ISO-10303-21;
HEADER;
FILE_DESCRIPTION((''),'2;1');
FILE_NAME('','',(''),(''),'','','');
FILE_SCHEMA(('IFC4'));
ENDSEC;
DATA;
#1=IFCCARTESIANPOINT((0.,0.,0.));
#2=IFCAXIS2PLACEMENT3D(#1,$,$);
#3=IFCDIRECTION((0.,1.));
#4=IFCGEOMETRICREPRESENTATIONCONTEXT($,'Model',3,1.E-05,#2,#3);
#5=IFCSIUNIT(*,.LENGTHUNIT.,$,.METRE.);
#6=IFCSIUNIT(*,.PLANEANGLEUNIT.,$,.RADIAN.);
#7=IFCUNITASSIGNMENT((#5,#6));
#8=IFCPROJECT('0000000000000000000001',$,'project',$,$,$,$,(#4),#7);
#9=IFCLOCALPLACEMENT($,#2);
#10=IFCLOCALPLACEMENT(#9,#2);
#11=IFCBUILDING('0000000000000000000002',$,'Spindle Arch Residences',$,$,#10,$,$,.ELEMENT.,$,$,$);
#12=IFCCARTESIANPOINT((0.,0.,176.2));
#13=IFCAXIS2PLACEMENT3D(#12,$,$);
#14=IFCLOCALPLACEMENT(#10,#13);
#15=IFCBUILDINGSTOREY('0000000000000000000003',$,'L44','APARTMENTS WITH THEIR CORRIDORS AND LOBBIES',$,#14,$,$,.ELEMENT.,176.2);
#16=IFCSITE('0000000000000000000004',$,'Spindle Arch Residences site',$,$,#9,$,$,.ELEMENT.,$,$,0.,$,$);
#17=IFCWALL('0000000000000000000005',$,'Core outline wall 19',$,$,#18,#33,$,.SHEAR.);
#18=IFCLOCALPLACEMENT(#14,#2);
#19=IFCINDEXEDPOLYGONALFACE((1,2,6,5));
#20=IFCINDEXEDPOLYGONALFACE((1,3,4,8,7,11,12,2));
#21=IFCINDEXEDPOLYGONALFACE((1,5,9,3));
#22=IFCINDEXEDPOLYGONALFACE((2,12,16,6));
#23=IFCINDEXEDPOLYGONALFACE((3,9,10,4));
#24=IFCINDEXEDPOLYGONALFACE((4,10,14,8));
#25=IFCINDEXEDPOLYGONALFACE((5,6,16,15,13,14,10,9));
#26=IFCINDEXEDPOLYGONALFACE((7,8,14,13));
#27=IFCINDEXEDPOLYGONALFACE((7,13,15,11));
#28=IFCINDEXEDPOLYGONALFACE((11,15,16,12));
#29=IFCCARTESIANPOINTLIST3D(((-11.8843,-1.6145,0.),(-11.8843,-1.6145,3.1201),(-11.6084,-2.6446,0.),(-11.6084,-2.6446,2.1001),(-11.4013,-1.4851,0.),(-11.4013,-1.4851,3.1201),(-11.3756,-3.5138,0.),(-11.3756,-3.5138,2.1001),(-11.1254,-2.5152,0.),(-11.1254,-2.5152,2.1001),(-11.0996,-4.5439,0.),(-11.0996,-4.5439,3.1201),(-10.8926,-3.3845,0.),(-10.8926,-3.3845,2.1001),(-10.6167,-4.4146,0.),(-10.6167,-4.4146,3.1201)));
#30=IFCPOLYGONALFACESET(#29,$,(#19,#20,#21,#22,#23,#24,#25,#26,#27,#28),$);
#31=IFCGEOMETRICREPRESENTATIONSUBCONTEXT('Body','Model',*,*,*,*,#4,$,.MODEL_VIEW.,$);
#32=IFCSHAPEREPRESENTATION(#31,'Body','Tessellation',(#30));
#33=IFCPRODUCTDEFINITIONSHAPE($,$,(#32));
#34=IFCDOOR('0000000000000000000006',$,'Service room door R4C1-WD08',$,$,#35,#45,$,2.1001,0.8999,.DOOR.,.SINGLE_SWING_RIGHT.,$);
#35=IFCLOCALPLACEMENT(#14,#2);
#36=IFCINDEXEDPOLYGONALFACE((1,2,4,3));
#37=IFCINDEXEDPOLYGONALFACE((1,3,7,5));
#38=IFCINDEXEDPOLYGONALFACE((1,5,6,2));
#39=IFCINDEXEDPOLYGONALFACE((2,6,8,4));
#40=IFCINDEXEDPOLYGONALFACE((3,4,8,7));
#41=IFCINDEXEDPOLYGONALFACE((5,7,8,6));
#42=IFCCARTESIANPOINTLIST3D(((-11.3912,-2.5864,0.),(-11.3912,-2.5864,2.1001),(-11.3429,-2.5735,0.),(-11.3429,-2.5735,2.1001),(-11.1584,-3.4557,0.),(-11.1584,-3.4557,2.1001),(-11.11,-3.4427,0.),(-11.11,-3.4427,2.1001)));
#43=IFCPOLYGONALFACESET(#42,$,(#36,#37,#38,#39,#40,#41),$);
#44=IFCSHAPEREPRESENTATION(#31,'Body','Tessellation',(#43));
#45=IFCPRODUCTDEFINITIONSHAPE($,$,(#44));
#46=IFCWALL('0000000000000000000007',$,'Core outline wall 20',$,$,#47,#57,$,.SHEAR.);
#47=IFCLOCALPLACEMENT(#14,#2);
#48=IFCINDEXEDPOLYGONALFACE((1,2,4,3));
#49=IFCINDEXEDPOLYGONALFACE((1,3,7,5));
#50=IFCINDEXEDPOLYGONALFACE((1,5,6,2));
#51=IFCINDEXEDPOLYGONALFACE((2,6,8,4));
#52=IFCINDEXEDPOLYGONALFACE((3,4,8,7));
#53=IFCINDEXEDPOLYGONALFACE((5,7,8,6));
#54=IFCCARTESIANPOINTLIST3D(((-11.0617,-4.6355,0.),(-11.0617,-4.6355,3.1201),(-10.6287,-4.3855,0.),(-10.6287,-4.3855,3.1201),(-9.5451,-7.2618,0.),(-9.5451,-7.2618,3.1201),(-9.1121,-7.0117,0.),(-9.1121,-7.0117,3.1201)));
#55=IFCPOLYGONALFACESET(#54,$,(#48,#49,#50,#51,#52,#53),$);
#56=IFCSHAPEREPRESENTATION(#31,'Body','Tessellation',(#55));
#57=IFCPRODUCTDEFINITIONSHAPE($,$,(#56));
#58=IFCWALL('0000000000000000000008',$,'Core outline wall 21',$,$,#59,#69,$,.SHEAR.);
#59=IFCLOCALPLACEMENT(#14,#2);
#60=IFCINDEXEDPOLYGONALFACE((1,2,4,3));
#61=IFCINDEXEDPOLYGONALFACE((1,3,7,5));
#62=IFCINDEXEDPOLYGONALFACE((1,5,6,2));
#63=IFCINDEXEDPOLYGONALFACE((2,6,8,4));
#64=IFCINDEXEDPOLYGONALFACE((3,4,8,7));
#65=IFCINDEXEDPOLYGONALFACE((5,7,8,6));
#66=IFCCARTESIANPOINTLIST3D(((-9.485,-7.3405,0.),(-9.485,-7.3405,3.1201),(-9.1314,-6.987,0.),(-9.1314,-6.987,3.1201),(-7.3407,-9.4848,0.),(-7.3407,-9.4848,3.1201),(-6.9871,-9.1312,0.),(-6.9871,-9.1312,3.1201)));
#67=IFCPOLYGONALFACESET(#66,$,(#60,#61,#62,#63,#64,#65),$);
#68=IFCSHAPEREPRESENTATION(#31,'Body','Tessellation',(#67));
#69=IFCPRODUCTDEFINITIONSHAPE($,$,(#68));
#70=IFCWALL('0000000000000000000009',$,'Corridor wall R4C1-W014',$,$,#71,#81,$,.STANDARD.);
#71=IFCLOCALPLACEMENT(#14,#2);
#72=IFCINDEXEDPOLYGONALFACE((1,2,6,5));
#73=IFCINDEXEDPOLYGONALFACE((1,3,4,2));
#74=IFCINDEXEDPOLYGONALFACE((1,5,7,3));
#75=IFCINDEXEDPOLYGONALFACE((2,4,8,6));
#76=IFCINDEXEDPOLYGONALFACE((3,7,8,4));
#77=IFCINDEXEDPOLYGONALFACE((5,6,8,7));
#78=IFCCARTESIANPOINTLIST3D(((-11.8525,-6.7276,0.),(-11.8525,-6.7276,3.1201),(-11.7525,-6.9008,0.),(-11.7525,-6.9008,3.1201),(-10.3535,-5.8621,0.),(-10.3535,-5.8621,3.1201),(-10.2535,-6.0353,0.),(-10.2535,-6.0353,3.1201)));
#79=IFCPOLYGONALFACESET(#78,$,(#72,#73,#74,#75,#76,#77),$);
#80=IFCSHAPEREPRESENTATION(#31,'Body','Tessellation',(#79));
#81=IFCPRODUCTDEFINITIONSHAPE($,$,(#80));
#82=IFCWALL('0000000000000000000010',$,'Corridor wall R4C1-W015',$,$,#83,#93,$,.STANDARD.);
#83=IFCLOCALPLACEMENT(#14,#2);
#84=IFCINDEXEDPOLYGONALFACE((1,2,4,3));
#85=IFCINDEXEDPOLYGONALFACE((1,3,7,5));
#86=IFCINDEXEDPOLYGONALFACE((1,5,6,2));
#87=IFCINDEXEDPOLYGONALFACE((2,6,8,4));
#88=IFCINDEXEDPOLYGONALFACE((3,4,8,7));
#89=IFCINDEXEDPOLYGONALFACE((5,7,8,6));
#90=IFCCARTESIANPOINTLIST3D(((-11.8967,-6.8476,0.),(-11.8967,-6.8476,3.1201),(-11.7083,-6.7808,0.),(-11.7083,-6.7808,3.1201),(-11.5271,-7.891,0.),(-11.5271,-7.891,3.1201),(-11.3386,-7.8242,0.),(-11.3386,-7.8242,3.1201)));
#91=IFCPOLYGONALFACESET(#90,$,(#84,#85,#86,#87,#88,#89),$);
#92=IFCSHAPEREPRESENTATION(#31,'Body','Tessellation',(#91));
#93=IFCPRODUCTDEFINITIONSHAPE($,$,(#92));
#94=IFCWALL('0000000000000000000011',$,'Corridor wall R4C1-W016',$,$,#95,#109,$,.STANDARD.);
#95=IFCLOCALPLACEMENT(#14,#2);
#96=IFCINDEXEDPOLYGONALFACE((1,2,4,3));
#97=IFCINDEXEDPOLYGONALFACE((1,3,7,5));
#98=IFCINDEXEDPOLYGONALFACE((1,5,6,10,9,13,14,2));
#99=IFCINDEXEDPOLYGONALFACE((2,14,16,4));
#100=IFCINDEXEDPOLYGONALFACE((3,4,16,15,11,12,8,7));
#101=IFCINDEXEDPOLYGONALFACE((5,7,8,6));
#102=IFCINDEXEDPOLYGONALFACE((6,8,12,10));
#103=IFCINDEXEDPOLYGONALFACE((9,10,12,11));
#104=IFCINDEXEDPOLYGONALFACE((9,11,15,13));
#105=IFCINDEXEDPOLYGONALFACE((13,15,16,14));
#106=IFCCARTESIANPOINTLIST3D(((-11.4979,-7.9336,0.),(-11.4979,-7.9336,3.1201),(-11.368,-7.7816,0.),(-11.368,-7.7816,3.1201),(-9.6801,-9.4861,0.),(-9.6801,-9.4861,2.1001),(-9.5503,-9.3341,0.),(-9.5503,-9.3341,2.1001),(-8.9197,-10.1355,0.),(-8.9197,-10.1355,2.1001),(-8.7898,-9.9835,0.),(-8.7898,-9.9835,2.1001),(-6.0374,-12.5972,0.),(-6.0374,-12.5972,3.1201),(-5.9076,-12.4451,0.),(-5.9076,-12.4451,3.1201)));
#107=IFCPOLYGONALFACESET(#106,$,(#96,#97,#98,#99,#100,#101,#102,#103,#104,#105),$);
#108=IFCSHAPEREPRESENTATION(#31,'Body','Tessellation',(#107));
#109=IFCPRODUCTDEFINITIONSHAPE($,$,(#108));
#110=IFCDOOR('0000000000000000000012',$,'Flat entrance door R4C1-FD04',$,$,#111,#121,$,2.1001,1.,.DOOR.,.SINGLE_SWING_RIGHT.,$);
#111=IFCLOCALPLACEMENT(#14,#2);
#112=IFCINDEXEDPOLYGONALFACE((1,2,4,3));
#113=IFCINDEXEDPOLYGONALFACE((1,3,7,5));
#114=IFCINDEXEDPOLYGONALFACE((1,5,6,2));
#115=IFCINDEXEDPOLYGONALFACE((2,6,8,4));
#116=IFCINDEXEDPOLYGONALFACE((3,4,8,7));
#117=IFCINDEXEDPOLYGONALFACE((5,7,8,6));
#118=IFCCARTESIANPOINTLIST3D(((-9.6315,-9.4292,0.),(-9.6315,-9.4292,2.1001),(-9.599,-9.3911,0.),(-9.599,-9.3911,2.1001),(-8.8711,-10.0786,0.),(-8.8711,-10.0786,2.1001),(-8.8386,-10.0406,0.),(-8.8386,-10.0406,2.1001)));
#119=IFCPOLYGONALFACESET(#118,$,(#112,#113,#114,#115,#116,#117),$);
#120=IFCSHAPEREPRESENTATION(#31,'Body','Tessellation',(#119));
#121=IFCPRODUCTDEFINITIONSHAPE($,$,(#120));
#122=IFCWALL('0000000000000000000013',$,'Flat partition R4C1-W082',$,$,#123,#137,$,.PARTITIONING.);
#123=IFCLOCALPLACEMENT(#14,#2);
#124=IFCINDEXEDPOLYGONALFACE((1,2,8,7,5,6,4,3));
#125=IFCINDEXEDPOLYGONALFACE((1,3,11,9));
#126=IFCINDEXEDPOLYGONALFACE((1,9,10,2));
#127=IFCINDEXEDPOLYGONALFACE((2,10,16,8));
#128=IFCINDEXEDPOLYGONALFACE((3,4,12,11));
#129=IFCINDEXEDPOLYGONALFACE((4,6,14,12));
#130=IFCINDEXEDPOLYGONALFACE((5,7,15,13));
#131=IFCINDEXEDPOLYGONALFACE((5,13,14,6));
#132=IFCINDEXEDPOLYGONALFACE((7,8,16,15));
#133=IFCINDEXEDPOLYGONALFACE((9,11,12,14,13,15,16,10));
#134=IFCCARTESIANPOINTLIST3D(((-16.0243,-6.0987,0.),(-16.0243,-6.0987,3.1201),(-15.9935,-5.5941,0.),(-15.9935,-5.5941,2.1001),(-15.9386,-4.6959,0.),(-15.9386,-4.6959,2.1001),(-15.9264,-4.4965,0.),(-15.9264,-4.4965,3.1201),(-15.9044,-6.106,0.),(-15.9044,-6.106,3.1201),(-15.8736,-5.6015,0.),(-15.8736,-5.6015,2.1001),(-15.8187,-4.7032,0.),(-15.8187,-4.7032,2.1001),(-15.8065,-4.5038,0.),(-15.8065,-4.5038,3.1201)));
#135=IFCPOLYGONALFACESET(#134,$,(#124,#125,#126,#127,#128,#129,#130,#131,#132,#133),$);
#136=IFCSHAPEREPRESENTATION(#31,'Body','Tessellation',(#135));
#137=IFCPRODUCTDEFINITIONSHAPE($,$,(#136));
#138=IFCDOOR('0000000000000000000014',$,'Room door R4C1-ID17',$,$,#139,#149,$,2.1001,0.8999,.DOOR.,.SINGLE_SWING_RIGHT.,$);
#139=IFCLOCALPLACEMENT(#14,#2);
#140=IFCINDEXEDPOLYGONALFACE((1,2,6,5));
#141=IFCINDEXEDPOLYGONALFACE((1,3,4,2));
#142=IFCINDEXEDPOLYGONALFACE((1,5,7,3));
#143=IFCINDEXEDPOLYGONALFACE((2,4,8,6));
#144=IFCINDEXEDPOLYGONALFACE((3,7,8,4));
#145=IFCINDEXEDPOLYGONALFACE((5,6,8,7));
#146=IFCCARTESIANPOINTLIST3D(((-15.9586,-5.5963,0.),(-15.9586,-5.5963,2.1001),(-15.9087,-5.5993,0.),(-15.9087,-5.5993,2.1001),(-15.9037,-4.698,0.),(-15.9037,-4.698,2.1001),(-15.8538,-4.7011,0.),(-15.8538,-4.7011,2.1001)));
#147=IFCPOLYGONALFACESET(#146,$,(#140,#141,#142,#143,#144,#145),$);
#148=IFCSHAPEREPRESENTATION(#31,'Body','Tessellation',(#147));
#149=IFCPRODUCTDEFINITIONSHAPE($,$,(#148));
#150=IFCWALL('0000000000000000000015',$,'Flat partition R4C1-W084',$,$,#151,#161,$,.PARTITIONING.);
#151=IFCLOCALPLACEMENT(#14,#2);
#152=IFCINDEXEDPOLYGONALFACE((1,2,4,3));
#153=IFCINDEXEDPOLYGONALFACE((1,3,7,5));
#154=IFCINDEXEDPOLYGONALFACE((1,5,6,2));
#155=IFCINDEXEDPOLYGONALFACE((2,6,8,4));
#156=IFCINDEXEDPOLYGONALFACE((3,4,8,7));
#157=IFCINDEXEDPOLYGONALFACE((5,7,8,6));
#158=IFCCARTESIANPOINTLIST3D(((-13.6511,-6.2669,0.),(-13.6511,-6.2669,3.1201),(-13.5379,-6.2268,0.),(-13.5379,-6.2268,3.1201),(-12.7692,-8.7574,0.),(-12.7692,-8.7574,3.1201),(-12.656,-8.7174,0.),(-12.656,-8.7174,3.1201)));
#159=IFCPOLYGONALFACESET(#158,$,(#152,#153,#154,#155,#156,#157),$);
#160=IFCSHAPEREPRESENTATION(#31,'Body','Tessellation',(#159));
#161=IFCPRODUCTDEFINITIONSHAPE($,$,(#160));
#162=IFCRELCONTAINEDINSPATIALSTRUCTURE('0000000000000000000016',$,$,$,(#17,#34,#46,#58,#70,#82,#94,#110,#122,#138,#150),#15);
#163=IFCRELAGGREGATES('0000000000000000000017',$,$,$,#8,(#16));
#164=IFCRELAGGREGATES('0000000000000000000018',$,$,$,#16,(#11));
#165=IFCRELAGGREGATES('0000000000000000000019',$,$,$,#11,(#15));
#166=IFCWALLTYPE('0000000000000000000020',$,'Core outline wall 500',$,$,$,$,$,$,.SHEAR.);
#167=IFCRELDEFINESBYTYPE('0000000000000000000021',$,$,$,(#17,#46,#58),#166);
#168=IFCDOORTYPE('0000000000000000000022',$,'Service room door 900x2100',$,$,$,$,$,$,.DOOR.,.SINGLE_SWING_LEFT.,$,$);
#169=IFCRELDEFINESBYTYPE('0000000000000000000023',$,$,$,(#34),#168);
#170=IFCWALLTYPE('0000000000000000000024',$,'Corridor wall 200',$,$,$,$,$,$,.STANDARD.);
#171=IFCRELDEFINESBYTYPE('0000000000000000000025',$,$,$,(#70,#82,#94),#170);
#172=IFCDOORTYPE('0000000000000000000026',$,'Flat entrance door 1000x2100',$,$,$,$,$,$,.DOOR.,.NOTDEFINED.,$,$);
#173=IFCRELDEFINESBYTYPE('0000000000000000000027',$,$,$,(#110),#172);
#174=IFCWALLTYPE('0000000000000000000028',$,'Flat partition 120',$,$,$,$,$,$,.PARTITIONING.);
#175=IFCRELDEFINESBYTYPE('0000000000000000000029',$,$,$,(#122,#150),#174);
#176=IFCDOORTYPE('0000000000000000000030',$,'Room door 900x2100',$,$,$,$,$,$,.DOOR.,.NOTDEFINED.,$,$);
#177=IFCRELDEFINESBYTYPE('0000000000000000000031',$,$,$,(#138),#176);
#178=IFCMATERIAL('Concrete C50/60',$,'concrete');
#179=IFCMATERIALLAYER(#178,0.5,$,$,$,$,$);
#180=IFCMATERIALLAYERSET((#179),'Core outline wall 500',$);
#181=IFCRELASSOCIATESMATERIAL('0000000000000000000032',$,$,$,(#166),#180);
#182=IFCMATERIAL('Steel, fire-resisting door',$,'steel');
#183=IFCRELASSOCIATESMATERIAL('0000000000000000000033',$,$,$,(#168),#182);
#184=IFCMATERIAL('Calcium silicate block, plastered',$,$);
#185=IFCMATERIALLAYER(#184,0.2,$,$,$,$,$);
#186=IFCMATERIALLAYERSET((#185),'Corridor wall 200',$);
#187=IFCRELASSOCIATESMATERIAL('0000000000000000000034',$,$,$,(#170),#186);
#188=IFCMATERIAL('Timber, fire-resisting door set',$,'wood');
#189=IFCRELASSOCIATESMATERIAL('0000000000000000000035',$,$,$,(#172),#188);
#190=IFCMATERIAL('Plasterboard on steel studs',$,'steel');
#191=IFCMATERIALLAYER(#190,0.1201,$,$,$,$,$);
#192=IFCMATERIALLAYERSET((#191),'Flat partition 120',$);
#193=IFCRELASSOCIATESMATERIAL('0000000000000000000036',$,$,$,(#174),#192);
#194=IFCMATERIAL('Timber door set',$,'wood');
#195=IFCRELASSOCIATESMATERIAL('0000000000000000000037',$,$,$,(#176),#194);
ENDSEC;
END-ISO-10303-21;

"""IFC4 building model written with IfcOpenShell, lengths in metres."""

from ifc_helpers import new_model, si_unit, direction, frame, frame_2d, origin, place, context, subcontext, project, spatial, rectangle, extrude, material, layer, layer_set, type_object, element, fill, save


model = new_model("IFC4")

# Units and contexts
model_context = context("Model", 3, precision=1e-05, world=origin(), true_north=direction((0.0, 1.0)))
body_context = subcontext(model_context, "Body", "Model", "MODEL_VIEW")
ifc_project = project(units=[si_unit("LENGTHUNIT", "METRE"), si_unit("PLANEANGLEUNIT", "RADIAN")], contexts=[model_context])

# Site, building, storey
site_placement = place(None, origin())
site = spatial("IfcSite", under=ifc_project, at=site_placement, Name="Spindle Arch Residences site", CompositionType="ELEMENT", RefElevation=0.0)
building_placement = place(site_placement, origin())
building = spatial("IfcBuilding", under=site, at=building_placement, Name="Spindle Arch Residences", CompositionType="ELEMENT")
storey_placement = place(building_placement, frame((0.0, 0.0, 176.2)))
storey = spatial("IfcBuildingStorey", under=building, at=storey_placement, Name="L44", Description="APARTMENTS WITH THEIR CORRIDORS AND LOBBIES", CompositionType="ELEMENT", Elevation=176.2)

# Wall, opening, door
ifc_material_1 = material(Name="Concrete C50/60", Category="concrete")
ifc_layer_1 = layer(ifc_material_1, 0.5)
ifc_layer_set_1 = layer_set([ifc_layer_1], Name="Core outline wall 500")
wall_type_1 = type_object("IfcWallType", Name="Core outline wall 500", PredefinedType="SHEAR", material=ifc_layer_set_1)
wall_1_placement = place(storey_placement, frame((-11.6428, -1.5498, 0.0), z_axis=(0.0, 0.0, 1.0), x_axis=(0.258735, -0.965948, 0.0)))
wall_1 = element("IfcWall", 1, at=wall_1_placement, inside=storey, type_object=wall_type_1, Name="Core outline wall 19", PredefinedType="SHEAR", context=body_context, shape_type="SweptSolid", body=[
    extrude(rectangle(XDim=3.0327, YDim=0.5, at=frame_2d((1.5164, 0.0))), origin(), (0.0, 0.0, 1.0), 3.1201),
])
opening_1_placement = place(wall_1_placement, frame((1.0664, 0.0, 0.0)))
opening_1 = element("IfcOpeningElement", 2, at=opening_1_placement, cuts=wall_1, PredefinedType="OPENING", context=body_context, shape_type="SweptSolid", body=[
    extrude(rectangle(XDim=0.8999, YDim=2.1001, at=frame_2d((0.45, 1.05))), frame((0.0, 0.26, 0.0), z_axis=(0.0, -1.0, 0.0), x_axis=(1.0, 0.0, 0.0)), (0.0, 0.0, 1.0), 0.52),
])
ifc_material_2 = material(Name="Steel, fire-resisting door", Category="steel")
door_type_1 = type_object("IfcDoorType", Name="Service room door 900x2100", OperationType="SINGLE_SWING_LEFT", PredefinedType="DOOR", material=ifc_material_2)
door_1_placement = place(opening_1_placement, origin())
door_1 = element("IfcDoor", 3, at=door_1_placement, inside=storey, type_object=door_type_1, Name="Service room door R4C1-WD08", OperationType="SINGLE_SWING_RIGHT", OverallHeight=2.1001, OverallWidth=0.8999, PredefinedType="DOOR", context=body_context, shape_type="SweptSolid", body=[
    extrude(rectangle(XDim=0.8999, YDim=2.1001, at=frame_2d((0.45, 1.05))), frame((0.0, 0.0249, 0.0), z_axis=(0.0, -1.0, 0.0), x_axis=(1.0, 0.0, 0.0)), (0.0, 0.0, 1.0), 0.05),
])
fill(opening_1, door_1)

# Walls
wall_2_placement = place(storey_placement, frame((-10.8452, -4.5105, 0.0), z_axis=(0.0, 0.0, 1.0), x_axis=(0.500087, -0.865975, 0.0)))
element("IfcWall", 4, at=wall_2_placement, inside=storey, type_object=wall_type_1, Name="Core outline wall 20", PredefinedType="SHEAR", context=body_context, shape_type="SweptSolid", body=[
    extrude(rectangle(XDim=3.0327, YDim=0.5, at=frame_2d((1.5164, 0.0))), origin(), (0.0, 0.0, 1.0), 3.1201),
])
wall_3_placement = place(storey_placement, frame((-9.3081, -7.1638, 0.0), z_axis=(0.0, 0.0, 1.0), x_axis=(0.707107, -0.707107, 0.0)))
element("IfcWall", 5, at=wall_3_placement, inside=storey, type_object=wall_type_1, Name="Core outline wall 21", PredefinedType="SHEAR", context=body_context, shape_type="SweptSolid", body=[
    extrude(rectangle(XDim=3.0325, YDim=0.5, at=frame_2d((1.5161, 0.0))), origin(), (0.0, 0.0, 1.0), 3.1201),
])
ifc_material_3 = material(Name="Calcium silicate block, plastered")
ifc_layer_2 = layer(ifc_material_3, 0.2)
ifc_layer_set_2 = layer_set([ifc_layer_2], Name="Corridor wall 200")
wall_type_2 = type_object("IfcWallType", Name="Corridor wall 200", PredefinedType="STANDARD", material=ifc_layer_set_2)
wall_4_placement = place(storey_placement, frame((-10.3035, -5.9487, 0.0), z_axis=(0.0, 0.0, 1.0), x_axis=(-0.866021, -0.500007, 0.0)))
element("IfcWall", 6, at=wall_4_placement, inside=storey, type_object=wall_type_2, Name="Corridor wall R4C1-W014", PredefinedType="STANDARD", context=body_context, shape_type="SweptSolid", body=[
    extrude(rectangle(XDim=1.731, YDim=0.2, at=frame_2d((0.8655, 0.0))), origin(), (0.0, 0.0, 1.0), 3.1201),
])
wall_5_placement = place(storey_placement, frame((-11.8025, -6.8142, 0.0), z_axis=(0.0, 0.0, 1.0), x_axis=(0.333904, -0.942607, 0.0)))
element("IfcWall", 7, at=wall_5_placement, inside=storey, type_object=wall_type_2, Name="Corridor wall R4C1-W015", PredefinedType="STANDARD", context=body_context, shape_type="SweptSolid", body=[
    extrude(rectangle(XDim=1.1069, YDim=0.2, at=frame_2d((0.5535, 0.0))), origin(), (0.0, 0.0, 1.0), 3.1201),
])

# Walls, openings, doors
wall_6_placement = place(storey_placement, frame((-11.4329, -7.8577, 0.0), z_axis=(0.0, 0.0, 1.0), x_axis=(0.760412, -0.649441, 0.0)))
wall_6 = element("IfcWall", 8, at=wall_6_placement, inside=storey, type_object=wall_type_2, Name="Corridor wall R4C1-W016", PredefinedType="STANDARD", context=body_context, shape_type="SweptSolid", body=[
    extrude(rectangle(XDim=7.1809, YDim=0.2, at=frame_2d((3.5903, 0.0))), origin(), (0.0, 0.0, 1.0), 3.1201),
])
opening_2_placement = place(wall_6_placement, frame((2.3904, 0.0, 0.0)))
opening_2 = element("IfcOpeningElement", 9, at=opening_2_placement, cuts=wall_6, PredefinedType="OPENING", context=body_context, shape_type="SweptSolid", body=[
    extrude(rectangle(XDim=1.0, YDim=2.1001, at=frame_2d((0.5, 1.05))), frame((0.0, 0.1099, 0.0), z_axis=(0.0, -1.0, 0.0), x_axis=(1.0, 0.0, 0.0)), (0.0, 0.0, 1.0), 0.22),
])
ifc_material_4 = material(Name="Timber, fire-resisting door set", Category="wood")
door_type_2 = type_object("IfcDoorType", Name="Flat entrance door 1000x2100", OperationType="NOTDEFINED", PredefinedType="DOOR", material=ifc_material_4)
door_2_placement = place(opening_2_placement, origin())
door_2 = element("IfcDoor", 10, at=door_2_placement, inside=storey, type_object=door_type_2, Name="Flat entrance door R4C1-FD04", OperationType="SINGLE_SWING_RIGHT", OverallHeight=2.1001, OverallWidth=1.0, PredefinedType="DOOR", context=body_context, shape_type="SweptSolid", body=[
    extrude(rectangle(XDim=1.0, YDim=2.1001, at=frame_2d((0.5, 1.05))), frame((0.0, 0.0249, 0.0), z_axis=(0.0, -1.0, 0.0), x_axis=(1.0, 0.0, 0.0)), (0.0, 0.0, 1.0), 0.05),
])
fill(opening_2, door_2)
ifc_material_5 = material(Name="Plasterboard on steel studs", Category="steel")
ifc_layer_3 = layer(ifc_material_5, 0.1201)
ifc_layer_set_3 = layer_set([ifc_layer_3], Name="Flat partition 120")
wall_type_3 = type_object("IfcWallType", Name="Flat partition 120", PredefinedType="PARTITIONING", material=ifc_layer_set_3)
wall_7_placement = place(storey_placement, frame((-15.8665, -4.5, 0.0), z_axis=(0.0, 0.0, 1.0), x_axis=(-0.060986, -0.998139, 0.0)))
wall_7 = element("IfcWall", 11, at=wall_7_placement, inside=storey, type_object=wall_type_3, Name="Flat partition R4C1-W082", PredefinedType="PARTITIONING", context=body_context, shape_type="SweptSolid", body=[
    extrude(rectangle(XDim=1.6052, YDim=0.1201, at=frame_2d((0.8027, 0.0))), origin(), (0.0, 0.0, 1.0), 3.1201),
])
opening_3_placement = place(wall_7_placement, frame((0.2, 0.0, 0.0)))
opening_3 = element("IfcOpeningElement", 12, at=opening_3_placement, cuts=wall_7, PredefinedType="OPENING", context=body_context, shape_type="SweptSolid", body=[
    extrude(rectangle(XDim=0.8999, YDim=2.1001, at=frame_2d((0.45, 1.05))), frame((0.0, 0.0701, 0.0), z_axis=(0.0, -1.0, 0.0), x_axis=(1.0, 0.0, 0.0)), (0.0, 0.0, 1.0), 0.1401),
])
ifc_material_6 = material(Name="Timber door set", Category="wood")
door_type_3 = type_object("IfcDoorType", Name="Room door 900x2100", OperationType="NOTDEFINED", PredefinedType="DOOR", material=ifc_material_6)
door_3_placement = place(opening_3_placement, origin())
door_3 = element("IfcDoor", 13, at=door_3_placement, inside=storey, type_object=door_type_3, Name="Room door R4C1-ID17", OperationType="SINGLE_SWING_RIGHT", OverallHeight=2.1001, OverallWidth=0.8999, PredefinedType="DOOR", context=body_context, shape_type="SweptSolid", body=[
    extrude(rectangle(XDim=0.8999, YDim=2.1001, at=frame_2d((0.45, 1.05))), frame((0.0, 0.0249, 0.0), z_axis=(0.0, -1.0, 0.0), x_axis=(1.0, 0.0, 0.0)), (0.0, 0.0, 1.0), 0.05),
])
fill(opening_3, door_3)

# Wall
wall_8_placement = place(storey_placement, frame((-13.5945, -6.2468, 0.0), z_axis=(0.0, 0.0, 1.0), x_axis=(0.333777, -0.942652, 0.0)))
element("IfcWall", 14, at=wall_8_placement, inside=storey, type_object=wall_type_3, Name="Flat partition R4C1-W084", PredefinedType="PARTITIONING", context=body_context, shape_type="SweptSolid", body=[
    extrude(rectangle(XDim=2.6421, YDim=0.1201, at=frame_2d((1.321, 0.0))), origin(), (0.0, 0.0, 1.0), 3.1201),
])

save(model, "model.ifc")
